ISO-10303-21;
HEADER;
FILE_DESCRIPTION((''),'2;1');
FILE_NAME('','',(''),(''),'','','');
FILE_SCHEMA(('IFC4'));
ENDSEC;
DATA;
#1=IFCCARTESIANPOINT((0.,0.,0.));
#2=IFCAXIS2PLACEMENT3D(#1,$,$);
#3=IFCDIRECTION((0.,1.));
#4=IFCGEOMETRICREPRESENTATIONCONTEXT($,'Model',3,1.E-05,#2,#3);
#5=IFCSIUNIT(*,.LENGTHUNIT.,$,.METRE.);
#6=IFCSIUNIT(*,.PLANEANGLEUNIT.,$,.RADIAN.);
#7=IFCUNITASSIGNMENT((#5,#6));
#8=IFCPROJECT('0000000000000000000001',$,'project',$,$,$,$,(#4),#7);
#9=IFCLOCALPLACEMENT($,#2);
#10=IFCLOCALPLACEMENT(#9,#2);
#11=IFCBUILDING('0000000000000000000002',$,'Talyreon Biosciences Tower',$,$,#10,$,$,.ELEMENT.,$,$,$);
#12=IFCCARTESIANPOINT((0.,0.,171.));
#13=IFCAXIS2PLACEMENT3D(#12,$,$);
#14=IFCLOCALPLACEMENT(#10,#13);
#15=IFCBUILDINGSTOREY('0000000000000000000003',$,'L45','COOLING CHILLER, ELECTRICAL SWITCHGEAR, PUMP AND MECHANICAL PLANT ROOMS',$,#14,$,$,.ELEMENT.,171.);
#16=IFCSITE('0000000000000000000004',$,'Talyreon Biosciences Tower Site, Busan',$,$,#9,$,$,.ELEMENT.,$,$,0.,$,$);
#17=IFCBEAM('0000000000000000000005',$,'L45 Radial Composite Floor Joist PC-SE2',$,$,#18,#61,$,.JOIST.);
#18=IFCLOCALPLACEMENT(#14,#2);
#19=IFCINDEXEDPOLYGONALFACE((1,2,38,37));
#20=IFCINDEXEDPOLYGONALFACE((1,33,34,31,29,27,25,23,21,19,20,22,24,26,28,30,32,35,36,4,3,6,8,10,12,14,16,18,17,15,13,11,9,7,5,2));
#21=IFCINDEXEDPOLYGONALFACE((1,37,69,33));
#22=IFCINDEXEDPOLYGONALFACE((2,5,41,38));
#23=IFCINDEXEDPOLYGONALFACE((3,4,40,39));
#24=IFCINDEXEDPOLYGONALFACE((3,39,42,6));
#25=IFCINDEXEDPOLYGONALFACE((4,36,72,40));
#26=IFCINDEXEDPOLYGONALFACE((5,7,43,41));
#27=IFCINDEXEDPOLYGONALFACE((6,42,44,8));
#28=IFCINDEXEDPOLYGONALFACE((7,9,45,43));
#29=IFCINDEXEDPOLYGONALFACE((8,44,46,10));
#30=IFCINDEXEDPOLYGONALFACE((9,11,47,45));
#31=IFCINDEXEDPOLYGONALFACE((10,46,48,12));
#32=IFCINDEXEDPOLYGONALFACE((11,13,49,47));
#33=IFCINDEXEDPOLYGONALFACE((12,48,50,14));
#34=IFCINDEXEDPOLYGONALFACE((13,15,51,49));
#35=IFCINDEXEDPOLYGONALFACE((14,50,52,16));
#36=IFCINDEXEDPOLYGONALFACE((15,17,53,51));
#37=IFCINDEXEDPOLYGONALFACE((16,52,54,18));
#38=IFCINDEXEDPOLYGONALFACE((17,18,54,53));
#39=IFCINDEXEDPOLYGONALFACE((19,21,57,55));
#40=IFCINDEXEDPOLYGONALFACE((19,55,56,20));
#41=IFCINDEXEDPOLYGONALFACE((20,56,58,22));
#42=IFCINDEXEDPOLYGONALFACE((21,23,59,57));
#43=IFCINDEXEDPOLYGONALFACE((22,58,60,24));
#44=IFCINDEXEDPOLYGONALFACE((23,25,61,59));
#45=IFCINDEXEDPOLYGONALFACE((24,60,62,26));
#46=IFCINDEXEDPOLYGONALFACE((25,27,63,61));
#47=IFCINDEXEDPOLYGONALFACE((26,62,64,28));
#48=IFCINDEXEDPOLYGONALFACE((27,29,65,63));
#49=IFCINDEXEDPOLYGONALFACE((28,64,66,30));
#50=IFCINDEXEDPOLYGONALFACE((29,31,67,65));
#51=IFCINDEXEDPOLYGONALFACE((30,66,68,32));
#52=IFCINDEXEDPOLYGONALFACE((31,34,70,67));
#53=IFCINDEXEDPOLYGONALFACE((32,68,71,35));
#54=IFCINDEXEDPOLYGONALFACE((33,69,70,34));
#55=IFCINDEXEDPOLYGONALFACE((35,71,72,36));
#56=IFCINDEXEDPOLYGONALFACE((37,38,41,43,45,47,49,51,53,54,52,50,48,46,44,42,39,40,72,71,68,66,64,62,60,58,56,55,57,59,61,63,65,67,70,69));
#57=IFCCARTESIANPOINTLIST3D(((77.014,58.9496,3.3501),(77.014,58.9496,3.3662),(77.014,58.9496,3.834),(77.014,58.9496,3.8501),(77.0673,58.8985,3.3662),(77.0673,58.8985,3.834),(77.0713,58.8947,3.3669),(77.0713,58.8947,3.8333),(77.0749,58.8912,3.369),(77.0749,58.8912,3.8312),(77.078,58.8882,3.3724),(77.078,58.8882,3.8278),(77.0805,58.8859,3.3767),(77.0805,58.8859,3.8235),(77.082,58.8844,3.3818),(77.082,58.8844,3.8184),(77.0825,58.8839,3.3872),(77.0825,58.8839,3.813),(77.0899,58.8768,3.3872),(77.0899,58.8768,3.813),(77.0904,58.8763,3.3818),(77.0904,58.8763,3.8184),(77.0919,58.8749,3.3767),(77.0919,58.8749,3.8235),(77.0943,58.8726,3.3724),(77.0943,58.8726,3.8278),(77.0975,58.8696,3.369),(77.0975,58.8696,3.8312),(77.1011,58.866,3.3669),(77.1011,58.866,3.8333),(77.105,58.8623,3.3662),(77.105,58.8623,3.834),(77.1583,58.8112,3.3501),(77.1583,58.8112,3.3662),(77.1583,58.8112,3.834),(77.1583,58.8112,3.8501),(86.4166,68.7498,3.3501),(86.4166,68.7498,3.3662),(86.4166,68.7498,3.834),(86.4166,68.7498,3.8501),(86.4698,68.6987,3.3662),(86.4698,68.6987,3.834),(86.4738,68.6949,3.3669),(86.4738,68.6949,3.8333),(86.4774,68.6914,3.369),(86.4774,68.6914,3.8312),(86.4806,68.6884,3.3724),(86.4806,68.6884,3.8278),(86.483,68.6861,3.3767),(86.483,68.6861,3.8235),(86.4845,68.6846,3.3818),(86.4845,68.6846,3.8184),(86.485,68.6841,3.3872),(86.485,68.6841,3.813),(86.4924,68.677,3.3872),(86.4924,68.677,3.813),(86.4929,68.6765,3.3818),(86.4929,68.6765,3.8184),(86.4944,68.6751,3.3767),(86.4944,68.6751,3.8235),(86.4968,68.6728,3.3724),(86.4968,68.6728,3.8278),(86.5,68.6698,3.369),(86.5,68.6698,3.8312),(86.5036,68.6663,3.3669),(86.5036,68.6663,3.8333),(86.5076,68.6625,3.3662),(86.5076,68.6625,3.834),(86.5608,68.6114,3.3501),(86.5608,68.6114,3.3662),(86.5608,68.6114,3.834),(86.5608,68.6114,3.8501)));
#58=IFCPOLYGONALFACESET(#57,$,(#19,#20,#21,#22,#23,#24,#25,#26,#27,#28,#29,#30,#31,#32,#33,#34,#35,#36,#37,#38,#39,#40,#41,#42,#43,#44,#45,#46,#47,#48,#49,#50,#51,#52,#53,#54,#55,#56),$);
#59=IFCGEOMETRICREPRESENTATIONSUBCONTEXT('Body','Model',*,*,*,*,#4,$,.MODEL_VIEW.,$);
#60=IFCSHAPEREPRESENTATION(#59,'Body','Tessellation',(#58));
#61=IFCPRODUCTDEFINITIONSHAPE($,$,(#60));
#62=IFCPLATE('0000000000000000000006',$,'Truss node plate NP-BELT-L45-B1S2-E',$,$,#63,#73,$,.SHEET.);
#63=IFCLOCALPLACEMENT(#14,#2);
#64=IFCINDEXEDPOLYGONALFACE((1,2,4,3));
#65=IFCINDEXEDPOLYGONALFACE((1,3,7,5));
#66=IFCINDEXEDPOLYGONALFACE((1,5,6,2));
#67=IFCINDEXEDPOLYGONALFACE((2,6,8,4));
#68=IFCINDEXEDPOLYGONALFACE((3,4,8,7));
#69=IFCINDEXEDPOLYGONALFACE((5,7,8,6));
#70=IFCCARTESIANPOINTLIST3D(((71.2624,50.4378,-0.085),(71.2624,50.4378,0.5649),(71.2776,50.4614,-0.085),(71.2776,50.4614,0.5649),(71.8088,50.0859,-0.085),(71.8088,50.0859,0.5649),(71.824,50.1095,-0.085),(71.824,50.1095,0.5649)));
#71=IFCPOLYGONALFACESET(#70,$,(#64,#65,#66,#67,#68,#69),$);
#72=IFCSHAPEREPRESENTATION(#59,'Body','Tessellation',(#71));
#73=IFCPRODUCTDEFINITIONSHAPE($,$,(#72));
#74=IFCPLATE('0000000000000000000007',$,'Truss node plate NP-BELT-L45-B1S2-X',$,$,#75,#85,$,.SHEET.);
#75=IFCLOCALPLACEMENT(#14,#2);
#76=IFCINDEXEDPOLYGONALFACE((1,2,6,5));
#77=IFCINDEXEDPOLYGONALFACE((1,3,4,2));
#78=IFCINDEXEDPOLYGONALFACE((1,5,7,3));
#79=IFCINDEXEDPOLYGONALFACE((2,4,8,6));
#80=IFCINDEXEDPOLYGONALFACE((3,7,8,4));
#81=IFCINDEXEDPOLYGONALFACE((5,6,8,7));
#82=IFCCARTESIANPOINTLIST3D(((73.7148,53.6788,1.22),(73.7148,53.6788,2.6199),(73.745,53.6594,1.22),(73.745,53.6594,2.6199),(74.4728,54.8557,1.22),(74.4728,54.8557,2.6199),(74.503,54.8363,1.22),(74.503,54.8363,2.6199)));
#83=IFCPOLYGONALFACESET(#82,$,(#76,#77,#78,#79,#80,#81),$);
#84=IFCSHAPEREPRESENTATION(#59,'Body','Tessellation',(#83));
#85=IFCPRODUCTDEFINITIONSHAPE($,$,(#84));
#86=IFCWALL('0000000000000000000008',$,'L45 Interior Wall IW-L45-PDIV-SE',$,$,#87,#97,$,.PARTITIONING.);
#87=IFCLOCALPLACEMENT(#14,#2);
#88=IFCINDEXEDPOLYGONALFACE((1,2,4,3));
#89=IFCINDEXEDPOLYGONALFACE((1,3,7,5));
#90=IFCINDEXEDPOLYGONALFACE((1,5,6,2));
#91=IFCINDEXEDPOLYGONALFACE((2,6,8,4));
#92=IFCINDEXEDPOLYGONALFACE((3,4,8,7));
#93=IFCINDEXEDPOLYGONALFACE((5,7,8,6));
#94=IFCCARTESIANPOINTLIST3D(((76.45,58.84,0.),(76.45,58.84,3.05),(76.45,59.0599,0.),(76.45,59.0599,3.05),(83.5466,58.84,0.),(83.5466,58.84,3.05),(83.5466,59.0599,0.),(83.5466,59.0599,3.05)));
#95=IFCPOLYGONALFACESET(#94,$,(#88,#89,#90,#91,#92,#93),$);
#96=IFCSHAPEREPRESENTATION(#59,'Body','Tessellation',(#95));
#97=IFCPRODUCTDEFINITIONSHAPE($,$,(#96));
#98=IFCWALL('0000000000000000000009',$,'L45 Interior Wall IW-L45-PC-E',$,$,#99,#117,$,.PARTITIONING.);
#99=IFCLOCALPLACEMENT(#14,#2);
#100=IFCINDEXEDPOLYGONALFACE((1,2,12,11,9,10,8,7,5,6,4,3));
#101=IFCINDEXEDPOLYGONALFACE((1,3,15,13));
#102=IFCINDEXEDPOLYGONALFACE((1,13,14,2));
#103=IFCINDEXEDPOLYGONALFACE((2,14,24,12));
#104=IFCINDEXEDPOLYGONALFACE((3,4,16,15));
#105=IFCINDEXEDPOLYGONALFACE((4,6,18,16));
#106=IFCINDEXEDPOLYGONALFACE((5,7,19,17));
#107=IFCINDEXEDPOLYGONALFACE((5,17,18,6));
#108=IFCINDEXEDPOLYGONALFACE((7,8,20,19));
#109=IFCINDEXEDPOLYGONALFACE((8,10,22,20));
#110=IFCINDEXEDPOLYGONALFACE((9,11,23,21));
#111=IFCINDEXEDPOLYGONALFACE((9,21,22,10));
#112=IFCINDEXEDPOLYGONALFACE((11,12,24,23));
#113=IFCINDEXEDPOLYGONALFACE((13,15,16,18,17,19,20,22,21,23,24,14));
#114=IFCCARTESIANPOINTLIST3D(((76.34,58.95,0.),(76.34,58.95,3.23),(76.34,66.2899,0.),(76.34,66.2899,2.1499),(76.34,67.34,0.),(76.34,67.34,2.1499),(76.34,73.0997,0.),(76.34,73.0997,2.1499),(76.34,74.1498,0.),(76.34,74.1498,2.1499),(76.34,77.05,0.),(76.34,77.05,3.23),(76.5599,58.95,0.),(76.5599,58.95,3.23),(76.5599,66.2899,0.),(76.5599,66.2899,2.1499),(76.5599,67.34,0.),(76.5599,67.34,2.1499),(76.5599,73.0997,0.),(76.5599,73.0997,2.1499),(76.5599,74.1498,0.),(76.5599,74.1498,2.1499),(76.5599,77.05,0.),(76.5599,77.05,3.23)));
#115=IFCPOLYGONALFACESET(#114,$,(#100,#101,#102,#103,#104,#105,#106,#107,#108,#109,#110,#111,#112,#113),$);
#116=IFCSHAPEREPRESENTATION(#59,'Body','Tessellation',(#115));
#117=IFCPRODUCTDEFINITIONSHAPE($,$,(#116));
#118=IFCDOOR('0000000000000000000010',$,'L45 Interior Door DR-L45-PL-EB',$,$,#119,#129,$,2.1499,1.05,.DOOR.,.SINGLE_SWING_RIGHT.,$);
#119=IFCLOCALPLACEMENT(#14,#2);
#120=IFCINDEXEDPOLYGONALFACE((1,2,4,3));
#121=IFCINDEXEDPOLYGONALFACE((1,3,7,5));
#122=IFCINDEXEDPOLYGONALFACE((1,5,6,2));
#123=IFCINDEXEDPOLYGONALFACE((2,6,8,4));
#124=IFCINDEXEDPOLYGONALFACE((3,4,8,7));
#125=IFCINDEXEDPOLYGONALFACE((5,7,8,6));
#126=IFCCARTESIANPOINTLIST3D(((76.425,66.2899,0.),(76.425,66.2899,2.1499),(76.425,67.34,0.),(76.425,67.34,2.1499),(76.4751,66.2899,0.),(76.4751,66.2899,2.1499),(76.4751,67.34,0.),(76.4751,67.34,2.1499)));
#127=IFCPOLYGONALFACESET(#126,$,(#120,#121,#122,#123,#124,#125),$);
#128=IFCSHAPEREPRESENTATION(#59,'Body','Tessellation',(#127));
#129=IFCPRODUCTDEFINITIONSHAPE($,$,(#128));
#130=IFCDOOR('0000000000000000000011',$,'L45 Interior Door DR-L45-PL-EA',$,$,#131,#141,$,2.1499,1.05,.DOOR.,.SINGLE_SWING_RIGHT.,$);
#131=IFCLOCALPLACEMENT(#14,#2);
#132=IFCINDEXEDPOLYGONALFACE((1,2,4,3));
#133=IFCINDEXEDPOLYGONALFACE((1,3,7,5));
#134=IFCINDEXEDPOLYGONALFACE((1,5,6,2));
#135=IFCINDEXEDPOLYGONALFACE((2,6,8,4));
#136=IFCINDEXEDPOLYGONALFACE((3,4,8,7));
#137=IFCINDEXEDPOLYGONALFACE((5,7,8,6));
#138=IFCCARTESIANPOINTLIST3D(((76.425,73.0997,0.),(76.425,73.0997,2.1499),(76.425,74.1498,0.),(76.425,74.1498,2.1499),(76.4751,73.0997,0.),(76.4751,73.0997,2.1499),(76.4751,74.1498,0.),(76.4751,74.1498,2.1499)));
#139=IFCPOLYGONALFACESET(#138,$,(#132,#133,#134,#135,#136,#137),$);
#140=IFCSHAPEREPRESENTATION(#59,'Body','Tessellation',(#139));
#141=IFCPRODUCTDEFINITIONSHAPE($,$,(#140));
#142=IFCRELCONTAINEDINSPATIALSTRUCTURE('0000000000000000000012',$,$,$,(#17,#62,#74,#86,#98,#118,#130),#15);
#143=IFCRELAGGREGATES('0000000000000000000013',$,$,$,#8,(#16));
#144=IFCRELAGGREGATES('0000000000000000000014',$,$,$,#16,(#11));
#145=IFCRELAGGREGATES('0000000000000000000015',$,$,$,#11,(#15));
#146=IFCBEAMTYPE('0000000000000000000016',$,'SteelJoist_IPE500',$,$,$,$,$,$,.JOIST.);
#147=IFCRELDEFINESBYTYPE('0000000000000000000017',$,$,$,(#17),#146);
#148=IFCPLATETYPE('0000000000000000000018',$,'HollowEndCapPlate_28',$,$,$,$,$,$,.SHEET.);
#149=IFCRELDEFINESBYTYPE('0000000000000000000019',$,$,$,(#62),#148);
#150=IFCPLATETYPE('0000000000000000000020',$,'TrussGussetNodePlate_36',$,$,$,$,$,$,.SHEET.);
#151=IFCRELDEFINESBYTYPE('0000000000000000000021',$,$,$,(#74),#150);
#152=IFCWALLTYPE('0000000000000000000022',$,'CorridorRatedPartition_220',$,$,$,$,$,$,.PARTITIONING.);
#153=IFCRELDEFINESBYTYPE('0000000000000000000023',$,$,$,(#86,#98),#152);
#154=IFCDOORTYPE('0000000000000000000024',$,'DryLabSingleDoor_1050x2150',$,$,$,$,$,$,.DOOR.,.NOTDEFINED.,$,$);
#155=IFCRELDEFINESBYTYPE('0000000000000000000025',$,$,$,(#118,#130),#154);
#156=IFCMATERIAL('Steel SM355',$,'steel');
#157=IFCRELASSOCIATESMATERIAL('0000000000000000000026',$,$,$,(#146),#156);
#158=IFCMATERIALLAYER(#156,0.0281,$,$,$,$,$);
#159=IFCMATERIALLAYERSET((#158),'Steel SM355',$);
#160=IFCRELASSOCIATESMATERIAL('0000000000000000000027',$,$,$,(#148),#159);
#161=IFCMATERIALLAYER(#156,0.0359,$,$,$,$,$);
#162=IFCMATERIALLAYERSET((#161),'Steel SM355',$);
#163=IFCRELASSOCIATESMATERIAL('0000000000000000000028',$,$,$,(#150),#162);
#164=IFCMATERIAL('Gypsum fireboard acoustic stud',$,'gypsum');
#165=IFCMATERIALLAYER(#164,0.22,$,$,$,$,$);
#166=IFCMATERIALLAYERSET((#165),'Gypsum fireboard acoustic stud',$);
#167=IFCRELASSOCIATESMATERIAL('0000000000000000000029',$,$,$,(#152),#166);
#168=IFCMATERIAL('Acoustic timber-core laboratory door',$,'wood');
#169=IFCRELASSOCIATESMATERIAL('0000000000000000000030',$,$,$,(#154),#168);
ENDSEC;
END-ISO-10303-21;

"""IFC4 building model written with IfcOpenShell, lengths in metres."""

from ifc_helpers import new_model, si_unit, direction, frame, frame_2d, origin, origin_2d, place, context, subcontext, project, spatial, rectangle, i_section, extrude, material, layer, layer_set, material_profile, profile_set, type_object, element, fill, save


model = new_model("IFC4")

# Units and contexts
model_context = context("Model", 3, precision=1e-05, world=origin(), true_north=direction((0.0, 1.0)))
body_context = subcontext(model_context, "Body", "Model", "MODEL_VIEW")
ifc_project = project(units=[si_unit("LENGTHUNIT", "METRE"), si_unit("PLANEANGLEUNIT", "RADIAN")], contexts=[model_context])

# Site, building, storey
site_placement = place(None, origin())
site = spatial("IfcSite", under=ifc_project, at=site_placement, Name="Talyreon Biosciences Tower Site, Busan", CompositionType="ELEMENT", RefElevation=0.0)
building_placement = place(site_placement, origin())
building = spatial("IfcBuilding", under=site, at=building_placement, Name="Talyreon Biosciences Tower", CompositionType="ELEMENT")
storey_placement = place(building_placement, frame((0.0, 0.0, 171.0)))
storey = spatial("IfcBuildingStorey", under=building, at=storey_placement, Name="L45", Description="COOLING CHILLER, ELECTRICAL SWITCHGEAR, PUMP AND MECHANICAL PLANT ROOMS", CompositionType="ELEMENT", Elevation=171.0)

# Shared definitions
ifc_material_1 = material(Name="Steel SM355", Category="steel")

# Beam
ifc_material_profile_1 = material_profile(ifc_material_1, i_section(OverallWidth=0.2, OverallDepth=0.5, WebThickness=0.0103, FlangeThickness=0.0161, FilletRadius=0.021, at=origin_2d()), Name="IPE500")
ifc_profile_set_1 = profile_set([ifc_material_profile_1], Name="Steel SM355")
beam_type_1 = type_object("IfcBeamType", Name="SteelJoist_IPE500", PredefinedType="JOIST", material=ifc_profile_set_1)
beam_1_placement = place(storey_placement, frame((77.0862, 58.8804, 3.6001), z_axis=(0.692314, 0.721597, 0.0), x_axis=(-0.721597, 0.692314, 0.0)))
element("IfcBeam", 1, at=beam_1_placement, inside=storey, type_object=beam_type_1, Name="L45 Radial Composite Floor Joist PC-SE2", PredefinedType="JOIST", context=body_context, shape_type="SweptSolid", body=[
    extrude(i_section(OverallWidth=0.2, OverallDepth=0.5, WebThickness=0.0103, FlangeThickness=0.0161, FilletRadius=0.021, at=origin_2d()), origin(), (0.0, 0.0, 1.0), 13.5813),
])

# Plates
ifc_layer_1 = layer(ifc_material_1, 0.0281)
ifc_layer_set_1 = layer_set([ifc_layer_1], Name="Steel SM355")
plate_type_1 = type_object("IfcPlateType", Name="HollowEndCapPlate_28", PredefinedType="SHEET", material=ifc_layer_set_1)
plate_1_placement = place(storey_placement, frame((71.5432, 50.2737, -0.085), z_axis=(0.0, 0.0, 1.0), x_axis=(-0.840718, 0.541473, 0.0)))
element("IfcPlate", 2, at=plate_1_placement, inside=storey, type_object=plate_type_1, Name="Truss node plate NP-BELT-L45-B1S2-E", PredefinedType="SHEET", context=body_context, shape_type="SweptSolid", body=[
    extrude(rectangle(XDim=0.6499, YDim=0.0281, at=origin_2d()), origin(), (0.0, 0.0, 1.0), 0.6499),
])
ifc_layer_2 = layer(ifc_material_1, 0.0359)
ifc_layer_set_2 = layer_set([ifc_layer_2], Name="Steel SM355")
plate_type_2 = type_object("IfcPlateType", Name="TrussGussetNodePlate_36", PredefinedType="SHEET", material=ifc_layer_set_2)
plate_2_placement = place(storey_placement, frame((74.1089, 54.2576, 1.22), z_axis=(0.0, 0.0, 1.0), x_axis=(0.541473, 0.840718, 0.0)))
element("IfcPlate", 3, at=plate_2_placement, inside=storey, type_object=plate_type_2, Name="Truss node plate NP-BELT-L45-B1S2-X", PredefinedType="SHEET", context=body_context, shape_type="SweptSolid", body=[
    extrude(rectangle(XDim=1.3999, YDim=0.0359, at=origin_2d()), origin(), (0.0, 0.0, 1.0), 1.3999),
])

# Wall
ifc_material_2 = material(Name="Gypsum fireboard acoustic stud", Category="gypsum")
ifc_layer_3 = layer(ifc_material_2, 0.22)
ifc_layer_set_3 = layer_set([ifc_layer_3], Name="Gypsum fireboard acoustic stud")
wall_type = type_object("IfcWallType", Name="CorridorRatedPartition_220", PredefinedType="PARTITIONING", material=ifc_layer_set_3)
wall_1_placement = place(storey_placement, frame((76.45, 58.95, 0.0), z_axis=(0.0, 0.0, 1.0), x_axis=(1.0, 0.0, 0.0)))
element("IfcWall", 4, at=wall_1_placement, inside=storey, type_object=wall_type, Name="L45 Interior Wall IW-L45-PDIV-SE", PredefinedType="PARTITIONING", context=body_context, shape_type="SweptSolid", body=[
    extrude(rectangle(XDim=7.0967, YDim=0.22, at=frame_2d((3.5483, 0.0))), origin(), (0.0, 0.0, 1.0), 3.05),
])

# Wall, openings, doors
wall_2_placement = place(storey_placement, frame((76.45, 58.95, 0.0), z_axis=(0.0, 0.0, 1.0), x_axis=(0.0, 1.0, 0.0)))
wall_2 = element("IfcWall", 5, at=wall_2_placement, inside=storey, type_object=wall_type, Name="L45 Interior Wall IW-L45-PC-E", PredefinedType="PARTITIONING", context=body_context, shape_type="SweptSolid", body=[
    extrude(rectangle(XDim=18.1001, YDim=0.22, at=frame_2d((9.05, 0.0))), origin(), (0.0, 0.0, 1.0), 3.23),
])
opening_1_placement = place(wall_2_placement, frame((7.3401, 0.0, 0.0)))
opening_1 = element("IfcOpeningElement", 6, at=opening_1_placement, cuts=wall_2, PredefinedType="OPENING", context=body_context, shape_type="SweptSolid", body=[
    extrude(rectangle(XDim=1.05, YDim=2.1499, at=frame_2d((0.5249, 1.075))), frame((0.0, 0.1199, 0.0), z_axis=(0.0, -1.0, 0.0), x_axis=(1.0, 0.0, 0.0)), (0.0, 0.0, 1.0), 0.24),
])
opening_2_placement = place(wall_2_placement, frame((14.1499, 0.0, 0.0)))
opening_2 = element("IfcOpeningElement", 7, at=opening_2_placement, cuts=wall_2, PredefinedType="OPENING", context=body_context, shape_type="SweptSolid", body=[
    extrude(rectangle(XDim=1.05, YDim=2.1499, at=frame_2d((0.5249, 1.075))), frame((0.0, 0.1199, 0.0), z_axis=(0.0, -1.0, 0.0), x_axis=(1.0, 0.0, 0.0)), (0.0, 0.0, 1.0), 0.24),
])
ifc_material_3 = material(Name="Acoustic timber-core laboratory door", Category="wood")
door_type = type_object("IfcDoorType", Name="DryLabSingleDoor_1050x2150", OperationType="NOTDEFINED", PredefinedType="DOOR", material=ifc_material_3)
door_1_placement = place(opening_1_placement, origin())
door_1 = element("IfcDoor", 8, at=door_1_placement, inside=storey, type_object=door_type, Name="L45 Interior Door DR-L45-PL-EB", OperationType="SINGLE_SWING_RIGHT", OverallHeight=2.1499, OverallWidth=1.05, PredefinedType="DOOR", context=body_context, shape_type="SweptSolid", body=[
    extrude(rectangle(XDim=1.05, YDim=2.1499, at=frame_2d((0.5249, 1.075))), frame((0.0, 0.0249, 0.0), z_axis=(0.0, -1.0, 0.0), x_axis=(1.0, 0.0, 0.0)), (0.0, 0.0, 1.0), 0.05),
])
fill(opening_1, door_1)
door_2_placement = place(opening_2_placement, origin())
door_2 = element("IfcDoor", 9, at=door_2_placement, inside=storey, type_object=door_type, Name="L45 Interior Door DR-L45-PL-EA", OperationType="SINGLE_SWING_RIGHT", OverallHeight=2.1499, OverallWidth=1.05, PredefinedType="DOOR", context=body_context, shape_type="SweptSolid", body=[
    extrude(rectangle(XDim=1.05, YDim=2.1499, at=frame_2d((0.5249, 1.075))), frame((0.0, 0.0249, 0.0), z_axis=(0.0, -1.0, 0.0), x_axis=(1.0, 0.0, 0.0)), (0.0, 0.0, 1.0), 0.05),
])
fill(opening_2, door_2)

save(model, "model.ifc")
